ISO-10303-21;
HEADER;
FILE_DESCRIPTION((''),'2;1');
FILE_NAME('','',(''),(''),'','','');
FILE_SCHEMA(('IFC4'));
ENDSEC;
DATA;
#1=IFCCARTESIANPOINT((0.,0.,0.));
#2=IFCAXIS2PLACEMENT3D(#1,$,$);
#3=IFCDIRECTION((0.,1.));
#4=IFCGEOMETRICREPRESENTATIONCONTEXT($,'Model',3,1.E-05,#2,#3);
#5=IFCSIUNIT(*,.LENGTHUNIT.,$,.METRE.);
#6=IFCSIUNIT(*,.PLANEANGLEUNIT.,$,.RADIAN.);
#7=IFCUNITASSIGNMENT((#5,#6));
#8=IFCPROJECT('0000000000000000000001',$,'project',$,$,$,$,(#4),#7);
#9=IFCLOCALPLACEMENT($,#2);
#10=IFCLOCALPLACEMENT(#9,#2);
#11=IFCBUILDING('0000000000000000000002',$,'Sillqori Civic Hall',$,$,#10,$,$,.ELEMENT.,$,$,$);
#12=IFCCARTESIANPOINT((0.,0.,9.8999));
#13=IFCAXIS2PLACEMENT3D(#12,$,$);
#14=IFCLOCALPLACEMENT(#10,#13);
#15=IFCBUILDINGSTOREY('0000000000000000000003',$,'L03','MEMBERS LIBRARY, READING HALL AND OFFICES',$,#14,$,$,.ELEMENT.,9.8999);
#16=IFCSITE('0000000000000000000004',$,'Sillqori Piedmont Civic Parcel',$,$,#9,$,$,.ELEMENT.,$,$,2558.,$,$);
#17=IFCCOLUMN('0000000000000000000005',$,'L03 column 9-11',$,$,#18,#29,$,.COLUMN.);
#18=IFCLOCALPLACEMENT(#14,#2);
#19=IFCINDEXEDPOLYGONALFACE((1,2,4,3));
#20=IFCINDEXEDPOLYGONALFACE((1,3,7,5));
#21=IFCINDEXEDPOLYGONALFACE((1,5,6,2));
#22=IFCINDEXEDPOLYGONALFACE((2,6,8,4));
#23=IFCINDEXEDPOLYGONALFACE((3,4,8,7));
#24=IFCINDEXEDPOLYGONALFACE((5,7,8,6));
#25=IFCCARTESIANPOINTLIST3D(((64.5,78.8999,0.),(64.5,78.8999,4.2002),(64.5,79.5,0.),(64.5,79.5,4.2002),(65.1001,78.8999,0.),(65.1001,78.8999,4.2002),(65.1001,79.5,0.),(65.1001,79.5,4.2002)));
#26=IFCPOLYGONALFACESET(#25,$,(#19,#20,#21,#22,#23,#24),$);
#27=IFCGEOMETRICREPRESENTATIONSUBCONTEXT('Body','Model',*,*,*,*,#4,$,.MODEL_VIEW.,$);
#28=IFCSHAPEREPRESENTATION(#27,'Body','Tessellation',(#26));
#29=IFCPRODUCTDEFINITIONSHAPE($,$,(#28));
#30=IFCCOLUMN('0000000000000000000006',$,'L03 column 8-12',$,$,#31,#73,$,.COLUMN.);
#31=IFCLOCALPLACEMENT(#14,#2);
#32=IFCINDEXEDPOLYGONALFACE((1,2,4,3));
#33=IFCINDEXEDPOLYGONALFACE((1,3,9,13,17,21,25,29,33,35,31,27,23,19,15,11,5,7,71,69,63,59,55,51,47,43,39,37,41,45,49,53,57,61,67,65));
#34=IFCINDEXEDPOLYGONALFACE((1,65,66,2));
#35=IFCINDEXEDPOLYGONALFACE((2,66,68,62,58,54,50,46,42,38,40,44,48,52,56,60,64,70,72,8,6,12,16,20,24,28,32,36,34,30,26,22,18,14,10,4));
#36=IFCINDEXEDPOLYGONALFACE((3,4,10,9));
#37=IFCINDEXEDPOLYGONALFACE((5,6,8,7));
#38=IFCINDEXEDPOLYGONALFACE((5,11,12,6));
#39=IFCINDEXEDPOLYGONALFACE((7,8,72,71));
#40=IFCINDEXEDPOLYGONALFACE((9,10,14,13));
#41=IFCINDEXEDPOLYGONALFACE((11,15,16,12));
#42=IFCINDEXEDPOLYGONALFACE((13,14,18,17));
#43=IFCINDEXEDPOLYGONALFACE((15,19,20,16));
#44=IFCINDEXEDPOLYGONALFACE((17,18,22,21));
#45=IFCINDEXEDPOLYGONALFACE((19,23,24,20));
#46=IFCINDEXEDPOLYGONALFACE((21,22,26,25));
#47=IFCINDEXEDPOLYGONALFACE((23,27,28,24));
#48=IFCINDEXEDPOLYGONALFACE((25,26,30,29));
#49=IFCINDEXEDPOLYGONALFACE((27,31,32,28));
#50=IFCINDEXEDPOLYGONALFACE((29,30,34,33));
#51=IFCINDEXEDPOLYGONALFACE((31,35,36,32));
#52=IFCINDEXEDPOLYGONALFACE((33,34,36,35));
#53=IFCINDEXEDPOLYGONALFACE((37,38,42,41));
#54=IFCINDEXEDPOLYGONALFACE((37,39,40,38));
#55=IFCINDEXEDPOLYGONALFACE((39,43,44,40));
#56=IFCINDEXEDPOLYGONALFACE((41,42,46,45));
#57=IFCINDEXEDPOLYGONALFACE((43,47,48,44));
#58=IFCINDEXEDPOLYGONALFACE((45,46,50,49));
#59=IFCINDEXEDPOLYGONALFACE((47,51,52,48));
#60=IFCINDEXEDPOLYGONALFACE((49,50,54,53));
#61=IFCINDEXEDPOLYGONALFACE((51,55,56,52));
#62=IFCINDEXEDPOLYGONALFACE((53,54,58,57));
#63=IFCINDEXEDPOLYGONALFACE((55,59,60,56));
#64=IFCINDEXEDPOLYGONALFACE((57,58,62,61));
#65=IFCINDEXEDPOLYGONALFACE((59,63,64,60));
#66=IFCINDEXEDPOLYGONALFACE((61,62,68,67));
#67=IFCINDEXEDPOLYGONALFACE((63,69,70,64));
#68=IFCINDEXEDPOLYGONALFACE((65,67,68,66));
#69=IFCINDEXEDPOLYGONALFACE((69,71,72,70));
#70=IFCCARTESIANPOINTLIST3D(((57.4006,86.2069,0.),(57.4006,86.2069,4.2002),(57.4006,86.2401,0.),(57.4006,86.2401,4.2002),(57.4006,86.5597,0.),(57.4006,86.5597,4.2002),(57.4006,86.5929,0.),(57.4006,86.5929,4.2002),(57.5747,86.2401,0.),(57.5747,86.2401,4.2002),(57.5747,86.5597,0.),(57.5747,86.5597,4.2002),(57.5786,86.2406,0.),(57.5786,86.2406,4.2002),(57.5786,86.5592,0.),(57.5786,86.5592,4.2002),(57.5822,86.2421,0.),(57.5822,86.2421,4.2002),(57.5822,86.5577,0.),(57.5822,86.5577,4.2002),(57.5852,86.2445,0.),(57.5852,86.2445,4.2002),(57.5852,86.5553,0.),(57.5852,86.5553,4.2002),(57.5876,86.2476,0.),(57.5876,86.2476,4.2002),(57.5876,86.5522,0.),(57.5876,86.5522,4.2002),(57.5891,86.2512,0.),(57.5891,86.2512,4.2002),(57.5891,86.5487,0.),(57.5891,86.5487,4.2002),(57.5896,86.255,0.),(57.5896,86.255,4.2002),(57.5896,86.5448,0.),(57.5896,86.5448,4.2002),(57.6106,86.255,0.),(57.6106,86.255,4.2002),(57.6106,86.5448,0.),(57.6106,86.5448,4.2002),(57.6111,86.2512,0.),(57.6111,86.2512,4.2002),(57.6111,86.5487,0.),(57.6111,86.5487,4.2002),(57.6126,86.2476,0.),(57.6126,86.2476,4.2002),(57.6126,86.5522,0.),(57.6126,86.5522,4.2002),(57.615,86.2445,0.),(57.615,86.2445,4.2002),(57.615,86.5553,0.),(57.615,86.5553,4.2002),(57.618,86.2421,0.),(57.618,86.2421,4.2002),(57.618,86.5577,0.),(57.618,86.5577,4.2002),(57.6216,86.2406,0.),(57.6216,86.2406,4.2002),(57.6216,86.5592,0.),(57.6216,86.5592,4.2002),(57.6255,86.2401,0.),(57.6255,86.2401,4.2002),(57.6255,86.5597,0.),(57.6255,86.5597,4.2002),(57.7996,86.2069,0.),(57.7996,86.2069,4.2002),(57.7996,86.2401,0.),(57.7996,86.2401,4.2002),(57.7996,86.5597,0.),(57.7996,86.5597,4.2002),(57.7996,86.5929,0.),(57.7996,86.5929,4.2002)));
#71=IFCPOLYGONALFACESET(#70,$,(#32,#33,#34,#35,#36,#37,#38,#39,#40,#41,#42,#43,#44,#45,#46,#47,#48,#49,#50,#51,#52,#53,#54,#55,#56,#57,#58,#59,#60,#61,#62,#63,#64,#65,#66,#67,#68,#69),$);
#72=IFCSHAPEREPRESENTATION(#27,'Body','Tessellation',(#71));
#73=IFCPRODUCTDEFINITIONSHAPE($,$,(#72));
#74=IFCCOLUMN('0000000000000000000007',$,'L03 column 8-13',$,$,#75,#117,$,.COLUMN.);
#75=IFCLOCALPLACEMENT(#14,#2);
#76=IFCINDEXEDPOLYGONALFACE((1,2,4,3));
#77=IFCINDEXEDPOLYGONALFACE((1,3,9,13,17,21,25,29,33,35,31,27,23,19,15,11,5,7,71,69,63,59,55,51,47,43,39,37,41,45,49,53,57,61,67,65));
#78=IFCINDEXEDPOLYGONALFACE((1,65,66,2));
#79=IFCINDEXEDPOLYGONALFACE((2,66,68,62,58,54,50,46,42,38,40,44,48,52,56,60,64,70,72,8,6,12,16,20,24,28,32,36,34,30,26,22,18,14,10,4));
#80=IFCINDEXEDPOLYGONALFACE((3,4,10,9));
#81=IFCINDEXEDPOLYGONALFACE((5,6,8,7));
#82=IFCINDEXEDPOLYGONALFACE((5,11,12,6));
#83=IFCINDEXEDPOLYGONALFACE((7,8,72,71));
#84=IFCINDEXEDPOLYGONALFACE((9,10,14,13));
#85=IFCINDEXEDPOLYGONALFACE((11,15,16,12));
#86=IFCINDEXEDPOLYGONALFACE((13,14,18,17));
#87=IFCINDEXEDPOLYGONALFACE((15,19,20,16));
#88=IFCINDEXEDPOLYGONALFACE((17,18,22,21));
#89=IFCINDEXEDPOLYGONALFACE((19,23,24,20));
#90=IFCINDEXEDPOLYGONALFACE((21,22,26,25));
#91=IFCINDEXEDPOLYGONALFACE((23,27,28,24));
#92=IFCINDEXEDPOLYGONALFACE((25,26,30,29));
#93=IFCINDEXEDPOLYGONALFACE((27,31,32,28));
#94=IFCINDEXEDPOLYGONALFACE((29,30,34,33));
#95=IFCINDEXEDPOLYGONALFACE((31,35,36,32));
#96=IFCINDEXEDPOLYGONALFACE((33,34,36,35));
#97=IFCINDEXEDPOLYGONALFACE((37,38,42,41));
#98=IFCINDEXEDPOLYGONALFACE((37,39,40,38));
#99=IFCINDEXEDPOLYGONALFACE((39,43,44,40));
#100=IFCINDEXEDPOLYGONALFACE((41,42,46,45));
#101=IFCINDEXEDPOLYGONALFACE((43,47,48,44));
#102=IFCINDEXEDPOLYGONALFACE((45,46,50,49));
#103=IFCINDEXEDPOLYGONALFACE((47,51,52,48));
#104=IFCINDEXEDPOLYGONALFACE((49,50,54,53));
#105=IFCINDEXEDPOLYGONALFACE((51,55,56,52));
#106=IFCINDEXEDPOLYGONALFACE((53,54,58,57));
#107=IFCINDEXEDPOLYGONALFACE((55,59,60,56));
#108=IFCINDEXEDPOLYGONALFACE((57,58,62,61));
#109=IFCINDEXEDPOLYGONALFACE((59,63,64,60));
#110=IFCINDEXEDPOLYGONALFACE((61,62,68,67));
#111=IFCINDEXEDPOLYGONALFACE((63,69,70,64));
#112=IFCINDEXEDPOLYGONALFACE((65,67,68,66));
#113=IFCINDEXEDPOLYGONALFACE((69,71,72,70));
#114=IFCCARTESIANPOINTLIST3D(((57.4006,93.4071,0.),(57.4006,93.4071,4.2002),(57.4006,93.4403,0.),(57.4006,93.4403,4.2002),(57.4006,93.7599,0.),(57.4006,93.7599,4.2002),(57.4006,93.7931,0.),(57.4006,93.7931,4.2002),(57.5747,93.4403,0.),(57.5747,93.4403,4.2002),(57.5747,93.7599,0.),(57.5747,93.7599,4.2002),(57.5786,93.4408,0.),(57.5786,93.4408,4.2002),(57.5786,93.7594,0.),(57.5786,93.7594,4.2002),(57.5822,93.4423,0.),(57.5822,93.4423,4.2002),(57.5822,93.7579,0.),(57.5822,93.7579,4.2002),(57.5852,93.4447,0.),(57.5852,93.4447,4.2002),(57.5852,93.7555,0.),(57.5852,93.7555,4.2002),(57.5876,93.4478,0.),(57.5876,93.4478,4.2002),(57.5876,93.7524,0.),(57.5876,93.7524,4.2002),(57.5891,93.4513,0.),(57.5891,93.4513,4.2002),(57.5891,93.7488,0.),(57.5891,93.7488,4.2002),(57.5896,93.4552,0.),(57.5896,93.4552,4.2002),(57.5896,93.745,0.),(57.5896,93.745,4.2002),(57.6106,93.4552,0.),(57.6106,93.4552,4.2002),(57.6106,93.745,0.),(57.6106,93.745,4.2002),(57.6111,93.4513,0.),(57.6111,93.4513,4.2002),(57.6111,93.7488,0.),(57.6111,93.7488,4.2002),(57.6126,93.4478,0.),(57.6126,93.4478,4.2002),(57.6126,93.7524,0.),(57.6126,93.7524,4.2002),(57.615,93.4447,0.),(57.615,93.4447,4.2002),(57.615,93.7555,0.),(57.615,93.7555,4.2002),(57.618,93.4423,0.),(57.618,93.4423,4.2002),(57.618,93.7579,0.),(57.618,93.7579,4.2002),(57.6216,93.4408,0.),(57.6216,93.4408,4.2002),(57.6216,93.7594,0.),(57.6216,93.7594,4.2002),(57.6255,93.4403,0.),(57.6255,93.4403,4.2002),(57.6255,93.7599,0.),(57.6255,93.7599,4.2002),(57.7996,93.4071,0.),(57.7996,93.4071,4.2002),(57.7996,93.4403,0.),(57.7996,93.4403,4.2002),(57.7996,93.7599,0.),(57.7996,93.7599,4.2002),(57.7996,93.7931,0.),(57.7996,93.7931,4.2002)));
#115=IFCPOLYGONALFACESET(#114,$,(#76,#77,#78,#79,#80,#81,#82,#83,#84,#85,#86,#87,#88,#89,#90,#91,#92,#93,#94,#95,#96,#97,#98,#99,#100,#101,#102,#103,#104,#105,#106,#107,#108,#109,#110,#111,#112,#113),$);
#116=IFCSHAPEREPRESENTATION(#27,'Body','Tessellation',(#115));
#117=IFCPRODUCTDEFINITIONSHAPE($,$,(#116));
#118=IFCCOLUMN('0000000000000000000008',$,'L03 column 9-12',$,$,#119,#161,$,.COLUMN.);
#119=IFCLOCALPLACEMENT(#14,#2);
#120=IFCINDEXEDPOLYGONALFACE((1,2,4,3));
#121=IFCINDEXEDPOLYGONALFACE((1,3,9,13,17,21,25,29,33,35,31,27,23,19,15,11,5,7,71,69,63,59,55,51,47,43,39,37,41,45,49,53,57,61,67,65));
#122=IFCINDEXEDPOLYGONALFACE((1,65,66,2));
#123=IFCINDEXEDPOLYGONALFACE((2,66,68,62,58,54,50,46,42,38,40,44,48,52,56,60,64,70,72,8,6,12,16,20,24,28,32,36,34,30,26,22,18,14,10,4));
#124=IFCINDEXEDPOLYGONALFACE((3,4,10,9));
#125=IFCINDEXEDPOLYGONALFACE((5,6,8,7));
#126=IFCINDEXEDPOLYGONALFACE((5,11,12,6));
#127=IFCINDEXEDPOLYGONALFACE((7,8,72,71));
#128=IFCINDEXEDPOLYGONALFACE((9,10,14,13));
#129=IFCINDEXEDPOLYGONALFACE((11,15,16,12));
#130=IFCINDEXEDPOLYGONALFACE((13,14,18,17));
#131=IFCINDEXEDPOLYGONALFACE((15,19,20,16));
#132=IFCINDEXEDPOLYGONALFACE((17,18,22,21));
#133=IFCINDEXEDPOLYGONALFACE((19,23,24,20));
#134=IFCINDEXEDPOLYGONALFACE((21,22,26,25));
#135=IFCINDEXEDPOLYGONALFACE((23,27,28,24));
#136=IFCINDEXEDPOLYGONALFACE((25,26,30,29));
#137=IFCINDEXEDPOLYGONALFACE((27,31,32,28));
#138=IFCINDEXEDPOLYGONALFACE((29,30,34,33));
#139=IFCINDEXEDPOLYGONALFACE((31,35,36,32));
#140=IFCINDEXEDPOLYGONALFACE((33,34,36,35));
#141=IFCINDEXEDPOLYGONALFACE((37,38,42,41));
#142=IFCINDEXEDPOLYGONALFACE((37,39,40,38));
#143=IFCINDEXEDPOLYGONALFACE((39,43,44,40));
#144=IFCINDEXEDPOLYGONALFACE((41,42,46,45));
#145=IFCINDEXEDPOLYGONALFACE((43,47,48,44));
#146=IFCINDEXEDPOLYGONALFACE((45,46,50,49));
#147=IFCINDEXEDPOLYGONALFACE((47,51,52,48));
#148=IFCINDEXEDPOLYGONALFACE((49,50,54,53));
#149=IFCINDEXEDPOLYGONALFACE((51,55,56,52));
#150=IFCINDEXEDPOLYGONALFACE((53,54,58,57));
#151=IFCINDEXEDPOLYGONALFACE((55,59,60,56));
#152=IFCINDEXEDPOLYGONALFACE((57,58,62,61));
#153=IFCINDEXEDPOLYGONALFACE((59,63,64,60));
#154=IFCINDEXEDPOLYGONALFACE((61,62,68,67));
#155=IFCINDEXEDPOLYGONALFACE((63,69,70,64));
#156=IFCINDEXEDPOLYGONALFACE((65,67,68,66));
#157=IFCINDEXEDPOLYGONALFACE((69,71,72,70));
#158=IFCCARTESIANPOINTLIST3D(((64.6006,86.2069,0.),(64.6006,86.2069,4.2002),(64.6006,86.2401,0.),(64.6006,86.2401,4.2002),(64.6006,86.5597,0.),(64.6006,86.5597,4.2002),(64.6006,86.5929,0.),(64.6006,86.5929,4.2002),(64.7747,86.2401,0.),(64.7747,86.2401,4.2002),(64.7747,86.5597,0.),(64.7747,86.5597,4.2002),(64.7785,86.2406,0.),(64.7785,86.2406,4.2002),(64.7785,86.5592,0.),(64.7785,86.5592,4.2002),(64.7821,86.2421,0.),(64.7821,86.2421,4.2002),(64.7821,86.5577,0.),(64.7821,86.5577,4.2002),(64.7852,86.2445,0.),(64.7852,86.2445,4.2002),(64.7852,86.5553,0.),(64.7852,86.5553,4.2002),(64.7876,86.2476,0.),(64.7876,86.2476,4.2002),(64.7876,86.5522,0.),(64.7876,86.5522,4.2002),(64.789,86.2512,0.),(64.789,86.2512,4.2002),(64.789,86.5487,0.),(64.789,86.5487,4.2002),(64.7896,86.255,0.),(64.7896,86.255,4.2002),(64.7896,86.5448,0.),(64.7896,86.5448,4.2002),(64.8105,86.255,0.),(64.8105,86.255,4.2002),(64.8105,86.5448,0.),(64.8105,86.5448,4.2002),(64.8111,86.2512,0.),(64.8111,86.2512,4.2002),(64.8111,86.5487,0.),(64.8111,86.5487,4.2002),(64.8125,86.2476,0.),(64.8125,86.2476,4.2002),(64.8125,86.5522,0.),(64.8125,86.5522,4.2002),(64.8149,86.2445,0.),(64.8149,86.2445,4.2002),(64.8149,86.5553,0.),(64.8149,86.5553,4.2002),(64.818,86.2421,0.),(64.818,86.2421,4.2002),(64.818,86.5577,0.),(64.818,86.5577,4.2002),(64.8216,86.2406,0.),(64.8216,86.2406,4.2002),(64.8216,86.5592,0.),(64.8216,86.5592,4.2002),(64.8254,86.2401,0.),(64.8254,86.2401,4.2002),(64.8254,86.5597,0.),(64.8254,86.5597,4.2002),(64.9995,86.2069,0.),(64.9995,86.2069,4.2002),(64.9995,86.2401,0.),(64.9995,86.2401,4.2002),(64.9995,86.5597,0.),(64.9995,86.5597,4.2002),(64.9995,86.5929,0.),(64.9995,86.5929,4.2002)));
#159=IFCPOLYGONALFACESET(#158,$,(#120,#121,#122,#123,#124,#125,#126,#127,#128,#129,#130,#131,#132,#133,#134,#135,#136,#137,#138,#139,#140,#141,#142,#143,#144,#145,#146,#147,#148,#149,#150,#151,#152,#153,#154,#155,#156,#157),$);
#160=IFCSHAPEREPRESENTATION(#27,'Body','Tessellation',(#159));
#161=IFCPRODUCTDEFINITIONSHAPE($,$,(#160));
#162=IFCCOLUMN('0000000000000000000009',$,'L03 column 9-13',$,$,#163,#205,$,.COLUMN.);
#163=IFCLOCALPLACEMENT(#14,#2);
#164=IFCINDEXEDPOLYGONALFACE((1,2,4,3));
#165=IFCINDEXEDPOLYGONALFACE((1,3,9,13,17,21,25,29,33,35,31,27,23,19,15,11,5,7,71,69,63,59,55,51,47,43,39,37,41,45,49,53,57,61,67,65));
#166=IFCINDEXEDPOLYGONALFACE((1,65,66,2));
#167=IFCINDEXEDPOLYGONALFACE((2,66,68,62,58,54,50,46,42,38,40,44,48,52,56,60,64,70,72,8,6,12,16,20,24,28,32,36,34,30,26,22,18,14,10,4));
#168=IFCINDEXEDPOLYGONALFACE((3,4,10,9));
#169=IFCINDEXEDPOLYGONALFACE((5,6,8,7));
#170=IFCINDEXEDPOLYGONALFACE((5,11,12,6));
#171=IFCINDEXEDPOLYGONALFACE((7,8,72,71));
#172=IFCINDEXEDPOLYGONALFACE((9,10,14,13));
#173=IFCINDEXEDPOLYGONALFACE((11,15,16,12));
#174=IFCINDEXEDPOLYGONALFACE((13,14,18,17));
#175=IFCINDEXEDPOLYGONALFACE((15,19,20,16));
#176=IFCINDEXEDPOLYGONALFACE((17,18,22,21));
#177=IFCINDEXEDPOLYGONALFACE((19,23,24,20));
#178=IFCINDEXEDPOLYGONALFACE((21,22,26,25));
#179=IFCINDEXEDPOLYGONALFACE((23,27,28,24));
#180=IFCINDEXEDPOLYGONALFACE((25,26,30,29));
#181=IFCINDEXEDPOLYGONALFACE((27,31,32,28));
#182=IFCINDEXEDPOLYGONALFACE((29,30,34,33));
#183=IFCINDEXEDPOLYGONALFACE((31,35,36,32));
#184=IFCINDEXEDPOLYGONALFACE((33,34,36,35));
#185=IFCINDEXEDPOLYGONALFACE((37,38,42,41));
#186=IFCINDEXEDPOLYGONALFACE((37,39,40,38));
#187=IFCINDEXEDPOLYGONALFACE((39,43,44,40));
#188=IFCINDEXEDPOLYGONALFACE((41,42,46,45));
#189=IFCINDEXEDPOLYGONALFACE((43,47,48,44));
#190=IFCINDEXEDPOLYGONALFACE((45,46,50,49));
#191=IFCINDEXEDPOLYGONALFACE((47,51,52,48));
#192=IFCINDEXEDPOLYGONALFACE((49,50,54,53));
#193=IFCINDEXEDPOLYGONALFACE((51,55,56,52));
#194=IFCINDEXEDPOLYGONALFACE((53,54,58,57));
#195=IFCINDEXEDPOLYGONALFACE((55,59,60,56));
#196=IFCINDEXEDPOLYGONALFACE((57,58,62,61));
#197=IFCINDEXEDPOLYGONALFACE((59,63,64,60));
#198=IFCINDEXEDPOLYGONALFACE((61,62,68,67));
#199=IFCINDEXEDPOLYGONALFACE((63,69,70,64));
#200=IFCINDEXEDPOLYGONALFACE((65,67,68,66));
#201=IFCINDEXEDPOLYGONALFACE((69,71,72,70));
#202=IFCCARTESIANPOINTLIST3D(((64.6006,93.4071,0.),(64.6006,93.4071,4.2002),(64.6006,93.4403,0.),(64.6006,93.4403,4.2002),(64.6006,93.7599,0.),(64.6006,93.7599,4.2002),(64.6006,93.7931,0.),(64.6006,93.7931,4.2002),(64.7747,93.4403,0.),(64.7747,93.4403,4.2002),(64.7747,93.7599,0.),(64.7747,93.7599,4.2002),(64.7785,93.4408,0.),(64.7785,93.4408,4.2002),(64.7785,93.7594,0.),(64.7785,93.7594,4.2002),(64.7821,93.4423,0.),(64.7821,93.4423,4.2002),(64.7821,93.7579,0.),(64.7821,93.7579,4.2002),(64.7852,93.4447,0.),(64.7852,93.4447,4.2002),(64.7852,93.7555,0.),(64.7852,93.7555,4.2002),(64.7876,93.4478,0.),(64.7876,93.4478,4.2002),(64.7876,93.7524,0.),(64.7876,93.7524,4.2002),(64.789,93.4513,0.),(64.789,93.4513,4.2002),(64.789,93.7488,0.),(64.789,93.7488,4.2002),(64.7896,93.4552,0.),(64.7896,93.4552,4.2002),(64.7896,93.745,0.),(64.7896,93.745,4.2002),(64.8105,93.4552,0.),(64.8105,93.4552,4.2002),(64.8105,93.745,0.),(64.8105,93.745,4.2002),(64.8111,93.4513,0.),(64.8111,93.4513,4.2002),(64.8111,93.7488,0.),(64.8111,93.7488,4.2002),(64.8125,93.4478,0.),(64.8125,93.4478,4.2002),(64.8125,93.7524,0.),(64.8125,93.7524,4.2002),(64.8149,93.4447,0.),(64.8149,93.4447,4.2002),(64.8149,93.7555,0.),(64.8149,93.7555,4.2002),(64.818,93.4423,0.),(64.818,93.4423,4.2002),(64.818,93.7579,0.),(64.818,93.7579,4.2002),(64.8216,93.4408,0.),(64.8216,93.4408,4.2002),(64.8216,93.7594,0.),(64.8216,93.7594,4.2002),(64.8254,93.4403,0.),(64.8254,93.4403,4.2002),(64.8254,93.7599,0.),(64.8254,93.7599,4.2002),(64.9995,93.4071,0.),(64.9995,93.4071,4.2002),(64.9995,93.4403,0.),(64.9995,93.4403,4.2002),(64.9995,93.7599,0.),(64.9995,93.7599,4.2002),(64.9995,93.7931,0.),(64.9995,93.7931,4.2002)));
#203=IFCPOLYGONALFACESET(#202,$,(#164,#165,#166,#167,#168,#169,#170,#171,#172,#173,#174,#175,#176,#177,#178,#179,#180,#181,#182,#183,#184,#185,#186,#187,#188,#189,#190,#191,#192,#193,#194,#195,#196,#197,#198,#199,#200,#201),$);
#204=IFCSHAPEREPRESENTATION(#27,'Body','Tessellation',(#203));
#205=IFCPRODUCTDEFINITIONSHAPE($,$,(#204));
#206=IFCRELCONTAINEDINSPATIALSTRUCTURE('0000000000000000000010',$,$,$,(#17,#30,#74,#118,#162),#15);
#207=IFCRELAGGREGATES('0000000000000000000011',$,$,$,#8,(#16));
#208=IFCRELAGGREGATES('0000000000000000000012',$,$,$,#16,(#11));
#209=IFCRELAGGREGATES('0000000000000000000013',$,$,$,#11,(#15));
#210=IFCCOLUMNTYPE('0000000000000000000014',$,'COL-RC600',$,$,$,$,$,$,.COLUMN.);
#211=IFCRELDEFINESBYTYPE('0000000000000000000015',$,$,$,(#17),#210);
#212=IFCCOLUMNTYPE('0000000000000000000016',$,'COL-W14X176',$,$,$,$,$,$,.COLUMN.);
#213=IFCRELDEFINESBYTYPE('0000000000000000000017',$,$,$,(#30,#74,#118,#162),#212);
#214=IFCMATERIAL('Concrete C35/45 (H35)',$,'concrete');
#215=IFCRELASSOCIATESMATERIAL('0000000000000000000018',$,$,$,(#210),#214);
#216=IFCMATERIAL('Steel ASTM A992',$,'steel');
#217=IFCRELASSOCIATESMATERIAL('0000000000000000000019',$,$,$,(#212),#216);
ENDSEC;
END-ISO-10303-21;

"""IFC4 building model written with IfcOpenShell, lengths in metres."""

from ifc_helpers import new_model, si_unit, direction, frame, origin, origin_2d, place, context, subcontext, project, spatial, rectangle, i_section, extrude, material, material_profile, profile_set, type_object, element, save


model = new_model("IFC4")

# Units and contexts
model_context = context("Model", 3, precision=1e-05, world=origin(), true_north=direction((0.0, 1.0)))
body_context = subcontext(model_context, "Body", "Model", "MODEL_VIEW")
ifc_project = project(units=[si_unit("LENGTHUNIT", "METRE"), si_unit("PLANEANGLEUNIT", "RADIAN")], contexts=[model_context])

# Site, building, storey
site_placement = place(None, origin())
site = spatial("IfcSite", under=ifc_project, at=site_placement, Name="Sillqori Piedmont Civic Parcel", CompositionType="ELEMENT", RefElevation=2558.0)
building_placement = place(site_placement, origin())
building = spatial("IfcBuilding", under=site, at=building_placement, Name="Sillqori Civic Hall", CompositionType="ELEMENT")
storey_placement = place(building_placement, frame((0.0, 0.0, 9.8999)))
storey = spatial("IfcBuildingStorey", under=building, at=storey_placement, Name="L03", Description="MEMBERS LIBRARY, READING HALL AND OFFICES", CompositionType="ELEMENT", Elevation=9.8999)

# Columns
ifc_material_1 = material(Name="Concrete C35/45 (H35)", Category="concrete")
ifc_material_profile_1 = material_profile(ifc_material_1, rectangle(XDim=0.6001, YDim=0.6001, at=origin_2d()), Name="RC 600x600")
ifc_profile_set_1 = profile_set([ifc_material_profile_1], Name="Concrete C35/45 (H35)")
column_type_1 = type_object("IfcColumnType", Name="COL-RC600", PredefinedType="COLUMN", material=ifc_profile_set_1)
column_placement = place(storey_placement, frame((64.8, 79.2, 0.0), z_axis=(0.0, 0.0, 1.0), x_axis=(1.0, 0.0, 0.0)))
element("IfcColumn", 1, at=column_placement, inside=storey, type_object=column_type_1, Name="L03 column 9-11", PredefinedType="COLUMN", context=body_context, shape_type="SweptSolid", body=[
    extrude(rectangle(XDim=0.6001, YDim=0.6001, at=origin_2d()), origin(), (0.0, 0.0, 1.0), 4.2002),
])
ifc_material_2 = material(Name="Steel ASTM A992", Category="steel")
ifc_material_profile_2 = material_profile(ifc_material_2, i_section(OverallWidth=0.3989, OverallDepth=0.386, WebThickness=0.021, FlangeThickness=0.0332, FilletRadius=0.0149, at=origin_2d()), Name="W14X176")
ifc_profile_set_2 = profile_set([ifc_material_profile_2], Name="Steel ASTM A992")
column_type_2 = type_object("IfcColumnType", Name="COL-W14X176", PredefinedType="COLUMN", material=ifc_profile_set_2)
for number, where, z_axis, x_axis, name in (
    (2, (57.6001, 86.3999, 0.0), (0.0, 0.0, 1.0), (1.0, 0.0, 0.0), "L03 column 8-12"),
    (3, (57.6001, 93.6001, 0.0), (0.0, 0.0, 1.0), (1.0, 0.0, 0.0), "L03 column 8-13"),
    (4, (64.8, 86.3999, 0.0), (0.0, 0.0, 1.0), (1.0, 0.0, 0.0), "L03 column 9-12"),
    (5, (64.8, 93.6001, 0.0), (0.0, 0.0, 1.0), (1.0, 0.0, 0.0), "L03 column 9-13"),
):
    element("IfcColumn", number, at=place(storey_placement, frame(where, z_axis=z_axis, x_axis=x_axis)), inside=storey, type_object=column_type_2, Name=name, PredefinedType="COLUMN", context=body_context, shape_type="SweptSolid", body=[
        extrude(i_section(OverallWidth=0.3989, OverallDepth=0.386, WebThickness=0.021, FlangeThickness=0.0332, FilletRadius=0.0149, at=origin_2d()), origin(), (0.0, 0.0, 1.0), 4.2002),
    ])

save(model, "model.ifc")
